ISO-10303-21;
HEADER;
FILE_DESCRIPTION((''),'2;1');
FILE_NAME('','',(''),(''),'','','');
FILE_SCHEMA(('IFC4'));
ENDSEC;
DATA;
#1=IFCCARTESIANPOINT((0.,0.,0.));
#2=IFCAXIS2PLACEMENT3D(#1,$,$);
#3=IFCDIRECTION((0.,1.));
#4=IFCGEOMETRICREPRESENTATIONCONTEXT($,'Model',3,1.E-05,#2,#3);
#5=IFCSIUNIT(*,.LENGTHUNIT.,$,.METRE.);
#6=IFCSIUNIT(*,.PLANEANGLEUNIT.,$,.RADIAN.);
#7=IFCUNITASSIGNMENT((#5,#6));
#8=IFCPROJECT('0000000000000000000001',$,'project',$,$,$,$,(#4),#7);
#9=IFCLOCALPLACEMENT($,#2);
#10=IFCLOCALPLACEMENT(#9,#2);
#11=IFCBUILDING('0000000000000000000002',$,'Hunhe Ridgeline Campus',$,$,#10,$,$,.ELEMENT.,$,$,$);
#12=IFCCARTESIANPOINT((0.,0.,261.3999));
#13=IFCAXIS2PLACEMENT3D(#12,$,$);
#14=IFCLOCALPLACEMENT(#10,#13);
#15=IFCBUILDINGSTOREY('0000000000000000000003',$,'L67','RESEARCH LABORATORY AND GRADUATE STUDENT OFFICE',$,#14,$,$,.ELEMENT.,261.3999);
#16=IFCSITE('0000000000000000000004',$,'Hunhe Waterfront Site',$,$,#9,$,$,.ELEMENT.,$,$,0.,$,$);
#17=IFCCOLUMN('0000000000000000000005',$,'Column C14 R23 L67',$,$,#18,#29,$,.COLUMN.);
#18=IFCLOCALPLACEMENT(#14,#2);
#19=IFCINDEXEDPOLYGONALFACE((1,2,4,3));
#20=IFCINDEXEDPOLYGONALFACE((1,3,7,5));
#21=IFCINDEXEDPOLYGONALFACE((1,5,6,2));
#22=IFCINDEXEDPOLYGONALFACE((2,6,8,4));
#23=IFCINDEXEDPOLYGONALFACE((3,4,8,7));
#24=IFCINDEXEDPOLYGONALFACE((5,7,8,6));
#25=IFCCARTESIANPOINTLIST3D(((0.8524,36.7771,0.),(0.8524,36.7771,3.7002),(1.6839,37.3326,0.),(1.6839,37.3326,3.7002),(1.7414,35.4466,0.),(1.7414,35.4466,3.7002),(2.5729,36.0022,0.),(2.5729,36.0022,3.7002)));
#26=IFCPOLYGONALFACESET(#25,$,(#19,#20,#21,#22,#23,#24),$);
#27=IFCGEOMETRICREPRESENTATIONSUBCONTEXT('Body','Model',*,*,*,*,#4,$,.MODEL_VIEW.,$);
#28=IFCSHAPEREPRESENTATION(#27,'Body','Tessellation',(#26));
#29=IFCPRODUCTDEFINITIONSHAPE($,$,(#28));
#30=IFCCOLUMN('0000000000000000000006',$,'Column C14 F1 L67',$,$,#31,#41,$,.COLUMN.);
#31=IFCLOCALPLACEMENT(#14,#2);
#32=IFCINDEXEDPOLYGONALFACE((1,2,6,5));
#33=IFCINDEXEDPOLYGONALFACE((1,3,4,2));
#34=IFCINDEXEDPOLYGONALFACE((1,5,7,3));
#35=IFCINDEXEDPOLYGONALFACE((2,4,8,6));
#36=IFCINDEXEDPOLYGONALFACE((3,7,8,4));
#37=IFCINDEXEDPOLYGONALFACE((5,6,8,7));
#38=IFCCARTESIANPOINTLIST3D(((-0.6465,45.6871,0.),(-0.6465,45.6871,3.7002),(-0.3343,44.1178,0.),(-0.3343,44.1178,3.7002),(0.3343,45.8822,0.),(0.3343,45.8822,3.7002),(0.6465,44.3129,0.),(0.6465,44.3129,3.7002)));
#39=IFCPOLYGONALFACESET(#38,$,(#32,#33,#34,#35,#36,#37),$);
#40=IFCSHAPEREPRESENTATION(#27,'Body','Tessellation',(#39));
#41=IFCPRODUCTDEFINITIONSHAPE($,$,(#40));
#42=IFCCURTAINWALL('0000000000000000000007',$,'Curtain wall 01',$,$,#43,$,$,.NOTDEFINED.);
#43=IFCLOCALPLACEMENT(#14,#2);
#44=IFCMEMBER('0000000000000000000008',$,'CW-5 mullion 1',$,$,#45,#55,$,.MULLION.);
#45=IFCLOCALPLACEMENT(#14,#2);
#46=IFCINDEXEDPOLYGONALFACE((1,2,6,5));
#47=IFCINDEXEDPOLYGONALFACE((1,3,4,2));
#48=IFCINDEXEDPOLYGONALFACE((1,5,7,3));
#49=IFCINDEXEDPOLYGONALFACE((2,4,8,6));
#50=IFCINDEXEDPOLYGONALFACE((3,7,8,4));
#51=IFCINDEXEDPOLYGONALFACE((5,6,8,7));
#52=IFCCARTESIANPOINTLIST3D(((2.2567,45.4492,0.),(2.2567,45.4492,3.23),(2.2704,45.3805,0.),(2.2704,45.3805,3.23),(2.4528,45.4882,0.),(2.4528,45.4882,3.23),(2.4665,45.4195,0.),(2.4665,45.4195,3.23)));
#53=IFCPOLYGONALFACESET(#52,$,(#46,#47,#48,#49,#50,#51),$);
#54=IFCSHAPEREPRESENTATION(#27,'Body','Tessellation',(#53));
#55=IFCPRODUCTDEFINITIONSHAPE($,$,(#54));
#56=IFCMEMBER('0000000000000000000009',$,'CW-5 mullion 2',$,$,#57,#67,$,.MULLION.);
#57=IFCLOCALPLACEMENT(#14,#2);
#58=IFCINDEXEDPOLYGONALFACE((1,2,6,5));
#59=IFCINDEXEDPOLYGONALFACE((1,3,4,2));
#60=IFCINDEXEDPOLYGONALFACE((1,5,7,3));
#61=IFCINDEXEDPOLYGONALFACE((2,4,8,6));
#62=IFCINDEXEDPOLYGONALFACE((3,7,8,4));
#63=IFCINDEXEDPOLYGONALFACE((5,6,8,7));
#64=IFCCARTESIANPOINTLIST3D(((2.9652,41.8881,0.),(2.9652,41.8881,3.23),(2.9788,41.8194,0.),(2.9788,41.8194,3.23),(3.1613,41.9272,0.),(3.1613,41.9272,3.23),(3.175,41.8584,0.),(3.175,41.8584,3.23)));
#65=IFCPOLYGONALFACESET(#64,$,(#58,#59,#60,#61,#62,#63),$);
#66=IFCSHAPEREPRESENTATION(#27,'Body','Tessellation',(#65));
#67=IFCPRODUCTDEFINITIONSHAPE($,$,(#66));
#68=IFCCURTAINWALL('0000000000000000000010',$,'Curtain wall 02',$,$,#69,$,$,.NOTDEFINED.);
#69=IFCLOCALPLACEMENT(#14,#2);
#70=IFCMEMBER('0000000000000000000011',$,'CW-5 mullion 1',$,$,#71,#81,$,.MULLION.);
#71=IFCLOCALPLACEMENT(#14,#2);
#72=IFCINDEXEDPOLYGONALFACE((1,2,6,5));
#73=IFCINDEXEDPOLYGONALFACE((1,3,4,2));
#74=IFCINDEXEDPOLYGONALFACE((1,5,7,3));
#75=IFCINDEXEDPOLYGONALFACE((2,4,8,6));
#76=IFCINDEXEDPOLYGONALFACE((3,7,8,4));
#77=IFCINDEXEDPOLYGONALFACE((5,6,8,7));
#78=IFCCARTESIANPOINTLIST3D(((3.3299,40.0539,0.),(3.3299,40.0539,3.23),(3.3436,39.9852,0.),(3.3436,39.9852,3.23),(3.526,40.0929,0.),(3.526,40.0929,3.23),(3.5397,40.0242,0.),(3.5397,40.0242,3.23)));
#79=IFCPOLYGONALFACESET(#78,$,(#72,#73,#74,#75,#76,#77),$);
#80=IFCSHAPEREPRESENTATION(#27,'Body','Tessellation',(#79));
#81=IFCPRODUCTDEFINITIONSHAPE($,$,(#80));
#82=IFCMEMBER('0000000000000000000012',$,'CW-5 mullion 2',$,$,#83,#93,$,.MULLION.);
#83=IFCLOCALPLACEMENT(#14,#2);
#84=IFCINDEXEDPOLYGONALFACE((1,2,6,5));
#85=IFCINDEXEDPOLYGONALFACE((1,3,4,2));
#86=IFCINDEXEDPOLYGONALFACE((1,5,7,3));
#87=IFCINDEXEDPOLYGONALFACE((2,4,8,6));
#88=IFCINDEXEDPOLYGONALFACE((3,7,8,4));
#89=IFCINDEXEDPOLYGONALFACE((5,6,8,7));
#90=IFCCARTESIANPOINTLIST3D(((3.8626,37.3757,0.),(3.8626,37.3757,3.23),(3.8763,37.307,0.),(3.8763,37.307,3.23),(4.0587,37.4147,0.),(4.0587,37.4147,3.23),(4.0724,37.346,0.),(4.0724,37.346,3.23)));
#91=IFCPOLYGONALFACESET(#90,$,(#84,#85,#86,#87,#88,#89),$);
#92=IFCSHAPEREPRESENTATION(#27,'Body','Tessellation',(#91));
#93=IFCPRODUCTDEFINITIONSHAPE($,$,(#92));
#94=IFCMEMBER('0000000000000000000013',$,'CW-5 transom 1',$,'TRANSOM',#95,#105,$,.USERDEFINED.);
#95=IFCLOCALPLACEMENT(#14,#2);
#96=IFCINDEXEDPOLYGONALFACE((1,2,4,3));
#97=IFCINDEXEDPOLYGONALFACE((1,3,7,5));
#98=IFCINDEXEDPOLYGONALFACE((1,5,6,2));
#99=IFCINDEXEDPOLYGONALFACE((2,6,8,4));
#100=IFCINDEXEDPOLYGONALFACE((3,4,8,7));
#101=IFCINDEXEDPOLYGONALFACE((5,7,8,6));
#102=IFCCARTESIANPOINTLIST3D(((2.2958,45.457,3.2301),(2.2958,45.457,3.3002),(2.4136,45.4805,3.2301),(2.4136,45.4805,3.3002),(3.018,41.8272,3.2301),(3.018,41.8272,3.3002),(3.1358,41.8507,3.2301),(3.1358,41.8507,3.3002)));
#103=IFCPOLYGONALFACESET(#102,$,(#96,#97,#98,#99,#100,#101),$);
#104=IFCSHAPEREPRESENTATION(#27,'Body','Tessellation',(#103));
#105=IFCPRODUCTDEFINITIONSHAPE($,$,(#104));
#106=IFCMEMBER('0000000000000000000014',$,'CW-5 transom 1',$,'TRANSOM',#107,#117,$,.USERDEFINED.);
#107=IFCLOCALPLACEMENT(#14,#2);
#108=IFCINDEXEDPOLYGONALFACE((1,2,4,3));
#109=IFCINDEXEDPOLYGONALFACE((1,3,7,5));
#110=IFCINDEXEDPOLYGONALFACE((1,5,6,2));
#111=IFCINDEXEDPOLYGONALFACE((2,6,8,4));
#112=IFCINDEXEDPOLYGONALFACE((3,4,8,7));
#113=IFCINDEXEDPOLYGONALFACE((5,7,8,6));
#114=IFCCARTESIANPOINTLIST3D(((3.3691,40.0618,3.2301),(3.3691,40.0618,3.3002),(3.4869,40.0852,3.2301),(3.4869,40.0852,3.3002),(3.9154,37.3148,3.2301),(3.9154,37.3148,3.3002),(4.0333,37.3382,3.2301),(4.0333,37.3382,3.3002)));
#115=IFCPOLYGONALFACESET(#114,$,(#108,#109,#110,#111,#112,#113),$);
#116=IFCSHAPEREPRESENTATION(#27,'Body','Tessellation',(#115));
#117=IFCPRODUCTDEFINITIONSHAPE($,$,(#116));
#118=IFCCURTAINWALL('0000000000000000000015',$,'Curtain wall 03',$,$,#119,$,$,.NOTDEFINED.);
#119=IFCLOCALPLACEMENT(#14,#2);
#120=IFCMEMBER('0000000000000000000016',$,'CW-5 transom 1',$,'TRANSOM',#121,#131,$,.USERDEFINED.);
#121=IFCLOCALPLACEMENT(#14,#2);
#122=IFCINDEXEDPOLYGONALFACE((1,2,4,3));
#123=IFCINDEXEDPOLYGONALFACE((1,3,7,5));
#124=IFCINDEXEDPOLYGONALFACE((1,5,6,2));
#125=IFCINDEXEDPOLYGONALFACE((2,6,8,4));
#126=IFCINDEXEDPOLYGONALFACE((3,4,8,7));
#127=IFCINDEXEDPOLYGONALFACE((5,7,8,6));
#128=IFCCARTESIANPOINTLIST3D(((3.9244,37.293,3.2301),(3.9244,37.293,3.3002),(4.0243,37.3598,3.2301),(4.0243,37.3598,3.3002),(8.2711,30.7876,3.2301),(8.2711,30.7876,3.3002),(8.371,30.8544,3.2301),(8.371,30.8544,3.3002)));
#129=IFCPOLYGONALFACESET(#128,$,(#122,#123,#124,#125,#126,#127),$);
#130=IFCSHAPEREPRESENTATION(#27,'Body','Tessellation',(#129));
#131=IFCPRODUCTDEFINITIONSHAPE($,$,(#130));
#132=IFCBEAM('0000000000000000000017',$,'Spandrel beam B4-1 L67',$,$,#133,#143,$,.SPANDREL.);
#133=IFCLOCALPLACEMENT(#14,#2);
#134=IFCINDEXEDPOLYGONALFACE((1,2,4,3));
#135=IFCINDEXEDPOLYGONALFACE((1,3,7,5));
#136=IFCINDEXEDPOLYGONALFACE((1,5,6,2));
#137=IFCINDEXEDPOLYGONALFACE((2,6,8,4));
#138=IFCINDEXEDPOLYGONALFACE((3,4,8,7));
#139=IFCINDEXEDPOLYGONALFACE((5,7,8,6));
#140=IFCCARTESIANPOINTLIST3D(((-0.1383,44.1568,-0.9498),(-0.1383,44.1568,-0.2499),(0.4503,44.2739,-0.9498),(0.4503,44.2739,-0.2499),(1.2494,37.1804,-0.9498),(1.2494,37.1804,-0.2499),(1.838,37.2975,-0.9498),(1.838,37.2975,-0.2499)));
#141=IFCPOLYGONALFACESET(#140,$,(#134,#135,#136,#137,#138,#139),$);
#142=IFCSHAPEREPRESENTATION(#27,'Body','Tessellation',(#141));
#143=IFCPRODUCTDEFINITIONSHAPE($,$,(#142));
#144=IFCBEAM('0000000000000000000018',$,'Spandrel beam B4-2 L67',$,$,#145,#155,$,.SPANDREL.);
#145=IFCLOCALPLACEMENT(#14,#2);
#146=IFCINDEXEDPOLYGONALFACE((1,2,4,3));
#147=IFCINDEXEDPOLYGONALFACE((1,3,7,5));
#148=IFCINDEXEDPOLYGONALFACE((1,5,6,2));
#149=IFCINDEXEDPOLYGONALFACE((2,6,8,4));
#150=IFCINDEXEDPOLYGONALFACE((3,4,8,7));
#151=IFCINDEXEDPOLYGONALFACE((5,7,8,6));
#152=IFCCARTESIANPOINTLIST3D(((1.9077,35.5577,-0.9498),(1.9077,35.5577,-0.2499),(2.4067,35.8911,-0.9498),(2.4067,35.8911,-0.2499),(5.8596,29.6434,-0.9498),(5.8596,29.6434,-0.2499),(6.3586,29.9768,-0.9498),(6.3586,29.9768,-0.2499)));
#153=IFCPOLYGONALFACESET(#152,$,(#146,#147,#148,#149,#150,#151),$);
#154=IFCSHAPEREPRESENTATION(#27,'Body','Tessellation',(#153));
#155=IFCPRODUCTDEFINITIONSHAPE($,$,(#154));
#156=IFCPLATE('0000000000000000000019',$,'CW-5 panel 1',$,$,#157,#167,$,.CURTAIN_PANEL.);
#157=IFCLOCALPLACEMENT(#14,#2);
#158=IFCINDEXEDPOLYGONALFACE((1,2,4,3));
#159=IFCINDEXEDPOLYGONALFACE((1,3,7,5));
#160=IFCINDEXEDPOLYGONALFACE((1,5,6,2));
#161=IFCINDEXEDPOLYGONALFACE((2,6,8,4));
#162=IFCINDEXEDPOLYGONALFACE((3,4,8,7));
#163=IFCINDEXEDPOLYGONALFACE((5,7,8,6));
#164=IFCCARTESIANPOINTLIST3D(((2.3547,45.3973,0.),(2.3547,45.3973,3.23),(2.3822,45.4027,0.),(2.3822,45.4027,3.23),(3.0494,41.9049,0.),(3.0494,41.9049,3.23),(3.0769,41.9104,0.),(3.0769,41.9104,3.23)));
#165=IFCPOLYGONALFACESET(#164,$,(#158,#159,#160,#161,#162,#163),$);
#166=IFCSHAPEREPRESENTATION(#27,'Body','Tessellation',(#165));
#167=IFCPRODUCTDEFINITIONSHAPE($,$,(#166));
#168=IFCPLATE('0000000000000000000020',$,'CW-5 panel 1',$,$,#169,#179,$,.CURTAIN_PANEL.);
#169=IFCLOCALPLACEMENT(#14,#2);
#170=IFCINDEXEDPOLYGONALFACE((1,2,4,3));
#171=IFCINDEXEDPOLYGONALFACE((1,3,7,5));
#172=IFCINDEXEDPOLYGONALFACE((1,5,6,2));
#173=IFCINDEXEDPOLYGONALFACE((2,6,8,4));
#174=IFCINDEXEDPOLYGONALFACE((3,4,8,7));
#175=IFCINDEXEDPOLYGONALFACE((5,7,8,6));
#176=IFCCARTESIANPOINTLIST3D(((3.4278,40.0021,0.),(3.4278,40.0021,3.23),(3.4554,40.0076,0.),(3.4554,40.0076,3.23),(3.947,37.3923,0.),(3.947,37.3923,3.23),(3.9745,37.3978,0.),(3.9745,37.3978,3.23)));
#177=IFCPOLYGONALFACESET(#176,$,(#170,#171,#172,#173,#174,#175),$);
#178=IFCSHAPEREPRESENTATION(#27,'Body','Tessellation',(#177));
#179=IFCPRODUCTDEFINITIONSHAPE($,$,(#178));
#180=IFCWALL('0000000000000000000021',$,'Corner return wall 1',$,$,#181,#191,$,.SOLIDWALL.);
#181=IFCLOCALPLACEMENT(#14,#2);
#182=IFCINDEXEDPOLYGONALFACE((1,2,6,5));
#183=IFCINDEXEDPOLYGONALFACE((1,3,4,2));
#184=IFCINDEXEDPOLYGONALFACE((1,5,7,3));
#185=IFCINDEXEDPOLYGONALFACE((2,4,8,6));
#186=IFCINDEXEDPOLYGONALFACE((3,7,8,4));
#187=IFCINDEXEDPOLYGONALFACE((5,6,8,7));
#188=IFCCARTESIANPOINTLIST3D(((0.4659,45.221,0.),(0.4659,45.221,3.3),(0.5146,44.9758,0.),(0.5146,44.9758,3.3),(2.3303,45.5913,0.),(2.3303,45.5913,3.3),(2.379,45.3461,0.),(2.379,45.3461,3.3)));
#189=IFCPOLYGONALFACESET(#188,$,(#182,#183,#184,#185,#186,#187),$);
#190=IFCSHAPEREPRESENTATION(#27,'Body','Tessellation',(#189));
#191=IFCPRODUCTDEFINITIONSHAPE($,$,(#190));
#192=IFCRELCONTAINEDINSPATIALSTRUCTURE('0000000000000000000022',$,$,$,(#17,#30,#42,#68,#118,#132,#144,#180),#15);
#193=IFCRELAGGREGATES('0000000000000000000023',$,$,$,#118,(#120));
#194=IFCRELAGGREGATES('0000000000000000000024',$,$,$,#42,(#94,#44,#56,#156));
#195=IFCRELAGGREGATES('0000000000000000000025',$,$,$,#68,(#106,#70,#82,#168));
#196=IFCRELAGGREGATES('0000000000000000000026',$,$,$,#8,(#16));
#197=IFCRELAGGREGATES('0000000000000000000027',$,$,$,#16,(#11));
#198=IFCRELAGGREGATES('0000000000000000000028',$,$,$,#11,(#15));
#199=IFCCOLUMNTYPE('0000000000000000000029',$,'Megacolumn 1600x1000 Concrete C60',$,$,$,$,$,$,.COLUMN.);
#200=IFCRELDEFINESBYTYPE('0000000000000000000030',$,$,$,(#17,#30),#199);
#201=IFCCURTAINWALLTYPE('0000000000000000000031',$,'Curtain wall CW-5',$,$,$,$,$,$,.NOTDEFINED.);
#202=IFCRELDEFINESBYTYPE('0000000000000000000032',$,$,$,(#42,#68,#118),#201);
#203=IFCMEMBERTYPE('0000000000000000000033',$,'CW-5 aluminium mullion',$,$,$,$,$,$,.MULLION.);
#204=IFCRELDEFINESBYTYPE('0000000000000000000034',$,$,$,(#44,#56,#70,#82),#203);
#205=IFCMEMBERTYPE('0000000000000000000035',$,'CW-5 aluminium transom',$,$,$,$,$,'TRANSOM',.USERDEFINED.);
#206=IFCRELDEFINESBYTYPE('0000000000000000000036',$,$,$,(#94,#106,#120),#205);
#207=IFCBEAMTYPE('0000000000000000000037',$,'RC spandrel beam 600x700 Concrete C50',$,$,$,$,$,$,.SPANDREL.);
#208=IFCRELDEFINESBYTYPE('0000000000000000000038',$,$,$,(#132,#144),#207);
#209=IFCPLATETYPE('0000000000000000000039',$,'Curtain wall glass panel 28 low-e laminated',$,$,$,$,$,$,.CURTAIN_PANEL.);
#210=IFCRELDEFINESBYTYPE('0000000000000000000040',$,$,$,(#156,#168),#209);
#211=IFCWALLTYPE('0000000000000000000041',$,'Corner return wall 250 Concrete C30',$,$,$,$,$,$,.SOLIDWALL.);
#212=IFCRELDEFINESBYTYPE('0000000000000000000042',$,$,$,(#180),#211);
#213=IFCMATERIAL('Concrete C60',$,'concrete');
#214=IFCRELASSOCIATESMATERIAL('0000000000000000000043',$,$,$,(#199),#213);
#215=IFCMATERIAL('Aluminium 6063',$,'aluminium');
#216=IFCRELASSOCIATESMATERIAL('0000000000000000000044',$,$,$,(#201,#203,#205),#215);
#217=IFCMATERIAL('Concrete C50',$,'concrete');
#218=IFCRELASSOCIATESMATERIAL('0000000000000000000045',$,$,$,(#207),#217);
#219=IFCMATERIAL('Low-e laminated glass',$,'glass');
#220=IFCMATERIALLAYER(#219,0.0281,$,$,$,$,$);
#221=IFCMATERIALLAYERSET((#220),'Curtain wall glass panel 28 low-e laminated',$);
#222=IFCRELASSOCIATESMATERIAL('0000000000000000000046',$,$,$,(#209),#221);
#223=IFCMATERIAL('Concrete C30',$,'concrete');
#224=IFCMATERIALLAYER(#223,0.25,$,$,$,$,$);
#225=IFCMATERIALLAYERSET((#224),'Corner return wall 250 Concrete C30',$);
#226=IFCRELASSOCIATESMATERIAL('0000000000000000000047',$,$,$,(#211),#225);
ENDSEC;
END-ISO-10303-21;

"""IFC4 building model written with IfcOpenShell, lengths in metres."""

from ifc_helpers import new_model, si_unit, direction, frame, frame_2d, origin, origin_2d, place, context, subcontext, project, spatial, rectangle, extrude, material, layer, layer_set, material_profile, profile_set, type_object, element, aggregate, save


model = new_model("IFC4")

# Units and contexts
model_context = context("Model", 3, precision=1e-05, world=origin(), true_north=direction((0.0, 1.0)))
body_context = subcontext(model_context, "Body", "Model", "MODEL_VIEW")
ifc_project = project(units=[si_unit("LENGTHUNIT", "METRE"), si_unit("PLANEANGLEUNIT", "RADIAN")], contexts=[model_context])

# Site, building, storey
site_placement = place(None, origin())
site = spatial("IfcSite", under=ifc_project, at=site_placement, Name="Hunhe Waterfront Site", CompositionType="ELEMENT", RefElevation=0.0)
building_placement = place(site_placement, origin())
building = spatial("IfcBuilding", under=site, at=building_placement, Name="Hunhe Ridgeline Campus", CompositionType="ELEMENT")
storey_placement = place(building_placement, frame((0.0, 0.0, 261.3999)))
storey = spatial("IfcBuildingStorey", under=building, at=storey_placement, Name="L67", Description="RESEARCH LABORATORY AND GRADUATE STUDENT OFFICE", CompositionType="ELEMENT", Elevation=261.3999)

# Columns
ifc_material_1 = material(Name="Concrete C60", Category="concrete")
ifc_material_profile_1 = material_profile(ifc_material_1, rectangle(XDim=1.6001, YDim=1.0, at=origin_2d()))
ifc_profile_set_1 = profile_set([ifc_material_profile_1], Name="Concrete C60")
column_type = type_object("IfcColumnType", Name="Megacolumn 1600x1000 Concrete C60", PredefinedType="COLUMN", material=ifc_profile_set_1)
for number, where, z_axis, x_axis, name in (
    (1, (1.7126, 36.3896, 0.0), (0.0, 0.0, 1.0), (-0.55557, 0.83147, 0.0), "Column C14 R23 L67"),
    (2, (0.0, 45.0, 0.0), (0.0, 0.0, 1.0), (-0.19509, 0.980785, 0.0), "Column C14 F1 L67"),
):
    element("IfcColumn", number, at=place(storey_placement, frame(where, z_axis=z_axis, x_axis=x_axis)), inside=storey, type_object=column_type, Name=name, PredefinedType="COLUMN", context=body_context, shape_type="SweptSolid", body=[
        extrude(rectangle(XDim=1.6001, YDim=1.0, at=origin_2d()), origin(), (0.0, 0.0, 1.0), 3.7002),
    ])

# Curtain walls, members
ifc_material_2 = material(Name="Aluminium 6063", Category="aluminium")
curtain_wall_type = type_object("IfcCurtainWallType", Name="Curtain wall CW-5", PredefinedType="NOTDEFINED", material=ifc_material_2)
curtain_wall_1_placement = place(storey_placement, origin())
curtain_wall_1 = element("IfcCurtainWall", 3, at=curtain_wall_1_placement, inside=storey, type_object=curtain_wall_type, Name="Curtain wall 01", PredefinedType="NOTDEFINED")
ifc_material_profile_2 = material_profile(ifc_material_2, rectangle(XDim=0.2, YDim=0.0701, at=origin_2d()))
ifc_profile_set_2 = profile_set([ifc_material_profile_2], Name="Aluminium 6063")
member_type_1 = type_object("IfcMemberType", Name="CW-5 aluminium mullion", PredefinedType="MULLION", material=ifc_profile_set_2)
member_1_placement = place(storey_placement, frame((2.3616, 45.4343, 0.0), z_axis=(0.0, 0.0, 1.0), x_axis=(0.980784, 0.195095, 0.0)))
member_1 = element("IfcMember", 4, at=member_1_placement, type_object=member_type_1, Name="CW-5 mullion 1", PredefinedType="MULLION", context=body_context, shape_type="SweptSolid", body=[
    extrude(rectangle(XDim=0.2, YDim=0.0701, at=origin_2d()), origin(), (0.0, 0.0, 1.0), 3.23),
])
member_2_placement = place(storey_placement, frame((3.0701, 41.8733, 0.0), z_axis=(0.0, 0.0, 1.0), x_axis=(0.980784, 0.195095, 0.0)))
member_2 = element("IfcMember", 5, at=member_2_placement, type_object=member_type_1, Name="CW-5 mullion 2", PredefinedType="MULLION", context=body_context, shape_type="SweptSolid", body=[
    extrude(rectangle(XDim=0.2, YDim=0.0701, at=origin_2d()), origin(), (0.0, 0.0, 1.0), 3.23),
])
curtain_wall_2_placement = place(storey_placement, origin())
curtain_wall_2 = element("IfcCurtainWall", 6, at=curtain_wall_2_placement, inside=storey, type_object=curtain_wall_type, Name="Curtain wall 02", PredefinedType="NOTDEFINED")
member_3_placement = place(storey_placement, frame((3.4348, 40.0391, 0.0), z_axis=(0.0, 0.0, 1.0), x_axis=(0.980784, 0.195095, 0.0)))
member_3 = element("IfcMember", 7, at=member_3_placement, type_object=member_type_1, Name="CW-5 mullion 1", PredefinedType="MULLION", context=body_context, shape_type="SweptSolid", body=[
    extrude(rectangle(XDim=0.2, YDim=0.0701, at=origin_2d()), origin(), (0.0, 0.0, 1.0), 3.23),
])
member_4_placement = place(storey_placement, frame((3.9675, 37.3608, 0.0), z_axis=(0.0, 0.0, 1.0), x_axis=(0.980784, 0.195095, 0.0)))
member_4 = element("IfcMember", 8, at=member_4_placement, type_object=member_type_1, Name="CW-5 mullion 2", PredefinedType="MULLION", context=body_context, shape_type="SweptSolid", body=[
    extrude(rectangle(XDim=0.2, YDim=0.0701, at=origin_2d()), origin(), (0.0, 0.0, 1.0), 3.23),
])

# Members
ifc_material_profile_3 = material_profile(ifc_material_2, rectangle(XDim=0.1201, YDim=0.0701, at=origin_2d()))
ifc_profile_set_3 = profile_set([ifc_material_profile_3], Name="Aluminium 6063")
member_type_2 = type_object("IfcMemberType", Name="CW-5 aluminium transom", ElementType="TRANSOM", PredefinedType="USERDEFINED", material=ifc_profile_set_3)
member_5_placement = place(storey_placement, frame((2.3547, 45.4688, 3.2651), z_axis=(0.195127, -0.980778, 0.0), x_axis=(0.980778, 0.195127, 0.0)))
member_5 = element("IfcMember", 9, at=member_5_placement, type_object=member_type_2, Name="CW-5 transom 1", ObjectType="TRANSOM", PredefinedType="USERDEFINED", context=body_context, shape_type="SweptSolid", body=[
    extrude(rectangle(XDim=0.1201, YDim=0.0701, at=origin_2d()), origin(), (0.0, 0.0, 1.0), 3.7009),
])
member_6_placement = place(storey_placement, frame((3.428, 40.0735, 3.2651), z_axis=(0.195077, -0.980788, 0.0), x_axis=(0.980788, 0.195077, 0.0)))
member_6 = element("IfcMember", 10, at=member_6_placement, type_object=member_type_2, Name="CW-5 transom 1", ObjectType="TRANSOM", PredefinedType="USERDEFINED", context=body_context, shape_type="SweptSolid", body=[
    extrude(rectangle(XDim=0.1201, YDim=0.0701, at=origin_2d()), origin(), (0.0, 0.0, 1.0), 2.8008),
])

# Curtain wall, member
curtain_wall_3_placement = place(storey_placement, origin())
curtain_wall_3 = element("IfcCurtainWall", 11, at=curtain_wall_3_placement, inside=storey, type_object=curtain_wall_type, Name="Curtain wall 03", PredefinedType="NOTDEFINED")
member_7_placement = place(storey_placement, frame((3.9744, 37.3264, 3.2651), z_axis=(0.555564, -0.831474, 0.0), x_axis=(0.831474, 0.555564, 0.0)))
member_7 = element("IfcMember", 12, at=member_7_placement, type_object=member_type_2, Name="CW-5 transom 1", ObjectType="TRANSOM", PredefinedType="USERDEFINED", context=body_context, shape_type="SweptSolid", body=[
    extrude(rectangle(XDim=0.1201, YDim=0.0701, at=origin_2d()), origin(), (0.0, 0.0, 1.0), 7.824),
])
aggregate(curtain_wall_3, [member_7])

# Beams
ifc_material_3 = material(Name="Concrete C50", Category="concrete")
ifc_material_profile_4 = material_profile(ifc_material_3, rectangle(XDim=0.6001, YDim=0.7, at=origin_2d()))
ifc_profile_set_4 = profile_set([ifc_material_profile_4], Name="Concrete C50")
beam_type = type_object("IfcBeamType", Name="RC spandrel beam 600x700 Concrete C50", PredefinedType="SPANDREL", material=ifc_profile_set_4)
for number, where, z_axis, x_axis, name in (
    (13, (0.156, 44.2153, -0.5999), (0.195093, -0.980785, 0.0), (0.980785, 0.195093, 0.0), "Spandrel beam B4-1 L67"),
    (14, (2.1572, 35.7244, -0.5999), (0.555579, -0.831464, 0.0), (0.831464, 0.555579, 0.0), "Spandrel beam B4-2 L67"),
):
    element("IfcBeam", number, at=place(storey_placement, frame(where, z_axis=z_axis, x_axis=x_axis)), inside=storey, type_object=beam_type, Name=name, PredefinedType="SPANDREL", context=body_context, shape_type="SweptSolid", body=[
        extrude(rectangle(XDim=0.6001, YDim=0.7, at=origin_2d()), origin(), (0.0, 0.0, 1.0), 7.113),
    ])

# Plates
ifc_material_4 = material(Name="Low-e laminated glass", Category="glass")
ifc_layer_1 = layer(ifc_material_4, 0.0281)
ifc_layer_set_1 = layer_set([ifc_layer_1], Name="Curtain wall glass panel 28 low-e laminated")
plate_type = type_object("IfcPlateType", Name="Curtain wall glass panel 28 low-e laminated", PredefinedType="CURTAIN_PANEL", material=ifc_layer_set_1)
plate_1_placement = place(storey_placement, frame((2.7158, 43.6538, 0.0), z_axis=(0.0, 0.0, 1.0), x_axis=(0.195095, -0.980784, 0.0)))
plate_1 = element("IfcPlate", 15, at=plate_1_placement, type_object=plate_type, Name="CW-5 panel 1", PredefinedType="CURTAIN_PANEL", context=body_context, shape_type="SweptSolid", body=[
    extrude(rectangle(XDim=3.5608, YDim=0.0281, at=origin_2d()), origin(), (0.0, 0.0, 1.0), 3.23),
])
aggregate(curtain_wall_1, [member_5, member_1, member_2, plate_1])
plate_2_placement = place(storey_placement, frame((3.7012, 38.7, 0.0), z_axis=(0.0, 0.0, 1.0), x_axis=(0.195095, -0.980784, 0.0)))
plate_2 = element("IfcPlate", 16, at=plate_2_placement, type_object=plate_type, Name="CW-5 panel 1", PredefinedType="CURTAIN_PANEL", context=body_context, shape_type="SweptSolid", body=[
    extrude(rectangle(XDim=2.6609, YDim=0.0281, at=origin_2d()), origin(), (0.0, 0.0, 1.0), 3.23),
])
aggregate(curtain_wall_2, [member_6, member_3, member_4, plate_2])

# Wall
ifc_material_5 = material(Name="Concrete C30", Category="concrete")
ifc_layer_2 = layer(ifc_material_5, 0.25)
ifc_layer_set_2 = layer_set([ifc_layer_2], Name="Corner return wall 250 Concrete C30")
wall_type_1 = type_object("IfcWallType", Name="Corner return wall 250 Concrete C30", PredefinedType="SOLIDWALL", material=ifc_layer_set_2)
wall_1_placement = place(storey_placement, frame((0.4902, 45.0984, 0.0), z_axis=(0.0, 0.0, 1.0), x_axis=(0.980837, 0.194832, 0.0)))
element("IfcWall", 17, at=wall_1_placement, inside=storey, type_object=wall_type_1, Name="Corner return wall 1", PredefinedType="SOLIDWALL", context=body_context, shape_type="SweptSolid", body=[
    extrude(rectangle(XDim=1.9009, YDim=0.25, at=frame_2d((0.9504, 0.0))), origin(), (0.0, 0.0, 1.0), 3.3),
])

save(model, "model.ifc")
